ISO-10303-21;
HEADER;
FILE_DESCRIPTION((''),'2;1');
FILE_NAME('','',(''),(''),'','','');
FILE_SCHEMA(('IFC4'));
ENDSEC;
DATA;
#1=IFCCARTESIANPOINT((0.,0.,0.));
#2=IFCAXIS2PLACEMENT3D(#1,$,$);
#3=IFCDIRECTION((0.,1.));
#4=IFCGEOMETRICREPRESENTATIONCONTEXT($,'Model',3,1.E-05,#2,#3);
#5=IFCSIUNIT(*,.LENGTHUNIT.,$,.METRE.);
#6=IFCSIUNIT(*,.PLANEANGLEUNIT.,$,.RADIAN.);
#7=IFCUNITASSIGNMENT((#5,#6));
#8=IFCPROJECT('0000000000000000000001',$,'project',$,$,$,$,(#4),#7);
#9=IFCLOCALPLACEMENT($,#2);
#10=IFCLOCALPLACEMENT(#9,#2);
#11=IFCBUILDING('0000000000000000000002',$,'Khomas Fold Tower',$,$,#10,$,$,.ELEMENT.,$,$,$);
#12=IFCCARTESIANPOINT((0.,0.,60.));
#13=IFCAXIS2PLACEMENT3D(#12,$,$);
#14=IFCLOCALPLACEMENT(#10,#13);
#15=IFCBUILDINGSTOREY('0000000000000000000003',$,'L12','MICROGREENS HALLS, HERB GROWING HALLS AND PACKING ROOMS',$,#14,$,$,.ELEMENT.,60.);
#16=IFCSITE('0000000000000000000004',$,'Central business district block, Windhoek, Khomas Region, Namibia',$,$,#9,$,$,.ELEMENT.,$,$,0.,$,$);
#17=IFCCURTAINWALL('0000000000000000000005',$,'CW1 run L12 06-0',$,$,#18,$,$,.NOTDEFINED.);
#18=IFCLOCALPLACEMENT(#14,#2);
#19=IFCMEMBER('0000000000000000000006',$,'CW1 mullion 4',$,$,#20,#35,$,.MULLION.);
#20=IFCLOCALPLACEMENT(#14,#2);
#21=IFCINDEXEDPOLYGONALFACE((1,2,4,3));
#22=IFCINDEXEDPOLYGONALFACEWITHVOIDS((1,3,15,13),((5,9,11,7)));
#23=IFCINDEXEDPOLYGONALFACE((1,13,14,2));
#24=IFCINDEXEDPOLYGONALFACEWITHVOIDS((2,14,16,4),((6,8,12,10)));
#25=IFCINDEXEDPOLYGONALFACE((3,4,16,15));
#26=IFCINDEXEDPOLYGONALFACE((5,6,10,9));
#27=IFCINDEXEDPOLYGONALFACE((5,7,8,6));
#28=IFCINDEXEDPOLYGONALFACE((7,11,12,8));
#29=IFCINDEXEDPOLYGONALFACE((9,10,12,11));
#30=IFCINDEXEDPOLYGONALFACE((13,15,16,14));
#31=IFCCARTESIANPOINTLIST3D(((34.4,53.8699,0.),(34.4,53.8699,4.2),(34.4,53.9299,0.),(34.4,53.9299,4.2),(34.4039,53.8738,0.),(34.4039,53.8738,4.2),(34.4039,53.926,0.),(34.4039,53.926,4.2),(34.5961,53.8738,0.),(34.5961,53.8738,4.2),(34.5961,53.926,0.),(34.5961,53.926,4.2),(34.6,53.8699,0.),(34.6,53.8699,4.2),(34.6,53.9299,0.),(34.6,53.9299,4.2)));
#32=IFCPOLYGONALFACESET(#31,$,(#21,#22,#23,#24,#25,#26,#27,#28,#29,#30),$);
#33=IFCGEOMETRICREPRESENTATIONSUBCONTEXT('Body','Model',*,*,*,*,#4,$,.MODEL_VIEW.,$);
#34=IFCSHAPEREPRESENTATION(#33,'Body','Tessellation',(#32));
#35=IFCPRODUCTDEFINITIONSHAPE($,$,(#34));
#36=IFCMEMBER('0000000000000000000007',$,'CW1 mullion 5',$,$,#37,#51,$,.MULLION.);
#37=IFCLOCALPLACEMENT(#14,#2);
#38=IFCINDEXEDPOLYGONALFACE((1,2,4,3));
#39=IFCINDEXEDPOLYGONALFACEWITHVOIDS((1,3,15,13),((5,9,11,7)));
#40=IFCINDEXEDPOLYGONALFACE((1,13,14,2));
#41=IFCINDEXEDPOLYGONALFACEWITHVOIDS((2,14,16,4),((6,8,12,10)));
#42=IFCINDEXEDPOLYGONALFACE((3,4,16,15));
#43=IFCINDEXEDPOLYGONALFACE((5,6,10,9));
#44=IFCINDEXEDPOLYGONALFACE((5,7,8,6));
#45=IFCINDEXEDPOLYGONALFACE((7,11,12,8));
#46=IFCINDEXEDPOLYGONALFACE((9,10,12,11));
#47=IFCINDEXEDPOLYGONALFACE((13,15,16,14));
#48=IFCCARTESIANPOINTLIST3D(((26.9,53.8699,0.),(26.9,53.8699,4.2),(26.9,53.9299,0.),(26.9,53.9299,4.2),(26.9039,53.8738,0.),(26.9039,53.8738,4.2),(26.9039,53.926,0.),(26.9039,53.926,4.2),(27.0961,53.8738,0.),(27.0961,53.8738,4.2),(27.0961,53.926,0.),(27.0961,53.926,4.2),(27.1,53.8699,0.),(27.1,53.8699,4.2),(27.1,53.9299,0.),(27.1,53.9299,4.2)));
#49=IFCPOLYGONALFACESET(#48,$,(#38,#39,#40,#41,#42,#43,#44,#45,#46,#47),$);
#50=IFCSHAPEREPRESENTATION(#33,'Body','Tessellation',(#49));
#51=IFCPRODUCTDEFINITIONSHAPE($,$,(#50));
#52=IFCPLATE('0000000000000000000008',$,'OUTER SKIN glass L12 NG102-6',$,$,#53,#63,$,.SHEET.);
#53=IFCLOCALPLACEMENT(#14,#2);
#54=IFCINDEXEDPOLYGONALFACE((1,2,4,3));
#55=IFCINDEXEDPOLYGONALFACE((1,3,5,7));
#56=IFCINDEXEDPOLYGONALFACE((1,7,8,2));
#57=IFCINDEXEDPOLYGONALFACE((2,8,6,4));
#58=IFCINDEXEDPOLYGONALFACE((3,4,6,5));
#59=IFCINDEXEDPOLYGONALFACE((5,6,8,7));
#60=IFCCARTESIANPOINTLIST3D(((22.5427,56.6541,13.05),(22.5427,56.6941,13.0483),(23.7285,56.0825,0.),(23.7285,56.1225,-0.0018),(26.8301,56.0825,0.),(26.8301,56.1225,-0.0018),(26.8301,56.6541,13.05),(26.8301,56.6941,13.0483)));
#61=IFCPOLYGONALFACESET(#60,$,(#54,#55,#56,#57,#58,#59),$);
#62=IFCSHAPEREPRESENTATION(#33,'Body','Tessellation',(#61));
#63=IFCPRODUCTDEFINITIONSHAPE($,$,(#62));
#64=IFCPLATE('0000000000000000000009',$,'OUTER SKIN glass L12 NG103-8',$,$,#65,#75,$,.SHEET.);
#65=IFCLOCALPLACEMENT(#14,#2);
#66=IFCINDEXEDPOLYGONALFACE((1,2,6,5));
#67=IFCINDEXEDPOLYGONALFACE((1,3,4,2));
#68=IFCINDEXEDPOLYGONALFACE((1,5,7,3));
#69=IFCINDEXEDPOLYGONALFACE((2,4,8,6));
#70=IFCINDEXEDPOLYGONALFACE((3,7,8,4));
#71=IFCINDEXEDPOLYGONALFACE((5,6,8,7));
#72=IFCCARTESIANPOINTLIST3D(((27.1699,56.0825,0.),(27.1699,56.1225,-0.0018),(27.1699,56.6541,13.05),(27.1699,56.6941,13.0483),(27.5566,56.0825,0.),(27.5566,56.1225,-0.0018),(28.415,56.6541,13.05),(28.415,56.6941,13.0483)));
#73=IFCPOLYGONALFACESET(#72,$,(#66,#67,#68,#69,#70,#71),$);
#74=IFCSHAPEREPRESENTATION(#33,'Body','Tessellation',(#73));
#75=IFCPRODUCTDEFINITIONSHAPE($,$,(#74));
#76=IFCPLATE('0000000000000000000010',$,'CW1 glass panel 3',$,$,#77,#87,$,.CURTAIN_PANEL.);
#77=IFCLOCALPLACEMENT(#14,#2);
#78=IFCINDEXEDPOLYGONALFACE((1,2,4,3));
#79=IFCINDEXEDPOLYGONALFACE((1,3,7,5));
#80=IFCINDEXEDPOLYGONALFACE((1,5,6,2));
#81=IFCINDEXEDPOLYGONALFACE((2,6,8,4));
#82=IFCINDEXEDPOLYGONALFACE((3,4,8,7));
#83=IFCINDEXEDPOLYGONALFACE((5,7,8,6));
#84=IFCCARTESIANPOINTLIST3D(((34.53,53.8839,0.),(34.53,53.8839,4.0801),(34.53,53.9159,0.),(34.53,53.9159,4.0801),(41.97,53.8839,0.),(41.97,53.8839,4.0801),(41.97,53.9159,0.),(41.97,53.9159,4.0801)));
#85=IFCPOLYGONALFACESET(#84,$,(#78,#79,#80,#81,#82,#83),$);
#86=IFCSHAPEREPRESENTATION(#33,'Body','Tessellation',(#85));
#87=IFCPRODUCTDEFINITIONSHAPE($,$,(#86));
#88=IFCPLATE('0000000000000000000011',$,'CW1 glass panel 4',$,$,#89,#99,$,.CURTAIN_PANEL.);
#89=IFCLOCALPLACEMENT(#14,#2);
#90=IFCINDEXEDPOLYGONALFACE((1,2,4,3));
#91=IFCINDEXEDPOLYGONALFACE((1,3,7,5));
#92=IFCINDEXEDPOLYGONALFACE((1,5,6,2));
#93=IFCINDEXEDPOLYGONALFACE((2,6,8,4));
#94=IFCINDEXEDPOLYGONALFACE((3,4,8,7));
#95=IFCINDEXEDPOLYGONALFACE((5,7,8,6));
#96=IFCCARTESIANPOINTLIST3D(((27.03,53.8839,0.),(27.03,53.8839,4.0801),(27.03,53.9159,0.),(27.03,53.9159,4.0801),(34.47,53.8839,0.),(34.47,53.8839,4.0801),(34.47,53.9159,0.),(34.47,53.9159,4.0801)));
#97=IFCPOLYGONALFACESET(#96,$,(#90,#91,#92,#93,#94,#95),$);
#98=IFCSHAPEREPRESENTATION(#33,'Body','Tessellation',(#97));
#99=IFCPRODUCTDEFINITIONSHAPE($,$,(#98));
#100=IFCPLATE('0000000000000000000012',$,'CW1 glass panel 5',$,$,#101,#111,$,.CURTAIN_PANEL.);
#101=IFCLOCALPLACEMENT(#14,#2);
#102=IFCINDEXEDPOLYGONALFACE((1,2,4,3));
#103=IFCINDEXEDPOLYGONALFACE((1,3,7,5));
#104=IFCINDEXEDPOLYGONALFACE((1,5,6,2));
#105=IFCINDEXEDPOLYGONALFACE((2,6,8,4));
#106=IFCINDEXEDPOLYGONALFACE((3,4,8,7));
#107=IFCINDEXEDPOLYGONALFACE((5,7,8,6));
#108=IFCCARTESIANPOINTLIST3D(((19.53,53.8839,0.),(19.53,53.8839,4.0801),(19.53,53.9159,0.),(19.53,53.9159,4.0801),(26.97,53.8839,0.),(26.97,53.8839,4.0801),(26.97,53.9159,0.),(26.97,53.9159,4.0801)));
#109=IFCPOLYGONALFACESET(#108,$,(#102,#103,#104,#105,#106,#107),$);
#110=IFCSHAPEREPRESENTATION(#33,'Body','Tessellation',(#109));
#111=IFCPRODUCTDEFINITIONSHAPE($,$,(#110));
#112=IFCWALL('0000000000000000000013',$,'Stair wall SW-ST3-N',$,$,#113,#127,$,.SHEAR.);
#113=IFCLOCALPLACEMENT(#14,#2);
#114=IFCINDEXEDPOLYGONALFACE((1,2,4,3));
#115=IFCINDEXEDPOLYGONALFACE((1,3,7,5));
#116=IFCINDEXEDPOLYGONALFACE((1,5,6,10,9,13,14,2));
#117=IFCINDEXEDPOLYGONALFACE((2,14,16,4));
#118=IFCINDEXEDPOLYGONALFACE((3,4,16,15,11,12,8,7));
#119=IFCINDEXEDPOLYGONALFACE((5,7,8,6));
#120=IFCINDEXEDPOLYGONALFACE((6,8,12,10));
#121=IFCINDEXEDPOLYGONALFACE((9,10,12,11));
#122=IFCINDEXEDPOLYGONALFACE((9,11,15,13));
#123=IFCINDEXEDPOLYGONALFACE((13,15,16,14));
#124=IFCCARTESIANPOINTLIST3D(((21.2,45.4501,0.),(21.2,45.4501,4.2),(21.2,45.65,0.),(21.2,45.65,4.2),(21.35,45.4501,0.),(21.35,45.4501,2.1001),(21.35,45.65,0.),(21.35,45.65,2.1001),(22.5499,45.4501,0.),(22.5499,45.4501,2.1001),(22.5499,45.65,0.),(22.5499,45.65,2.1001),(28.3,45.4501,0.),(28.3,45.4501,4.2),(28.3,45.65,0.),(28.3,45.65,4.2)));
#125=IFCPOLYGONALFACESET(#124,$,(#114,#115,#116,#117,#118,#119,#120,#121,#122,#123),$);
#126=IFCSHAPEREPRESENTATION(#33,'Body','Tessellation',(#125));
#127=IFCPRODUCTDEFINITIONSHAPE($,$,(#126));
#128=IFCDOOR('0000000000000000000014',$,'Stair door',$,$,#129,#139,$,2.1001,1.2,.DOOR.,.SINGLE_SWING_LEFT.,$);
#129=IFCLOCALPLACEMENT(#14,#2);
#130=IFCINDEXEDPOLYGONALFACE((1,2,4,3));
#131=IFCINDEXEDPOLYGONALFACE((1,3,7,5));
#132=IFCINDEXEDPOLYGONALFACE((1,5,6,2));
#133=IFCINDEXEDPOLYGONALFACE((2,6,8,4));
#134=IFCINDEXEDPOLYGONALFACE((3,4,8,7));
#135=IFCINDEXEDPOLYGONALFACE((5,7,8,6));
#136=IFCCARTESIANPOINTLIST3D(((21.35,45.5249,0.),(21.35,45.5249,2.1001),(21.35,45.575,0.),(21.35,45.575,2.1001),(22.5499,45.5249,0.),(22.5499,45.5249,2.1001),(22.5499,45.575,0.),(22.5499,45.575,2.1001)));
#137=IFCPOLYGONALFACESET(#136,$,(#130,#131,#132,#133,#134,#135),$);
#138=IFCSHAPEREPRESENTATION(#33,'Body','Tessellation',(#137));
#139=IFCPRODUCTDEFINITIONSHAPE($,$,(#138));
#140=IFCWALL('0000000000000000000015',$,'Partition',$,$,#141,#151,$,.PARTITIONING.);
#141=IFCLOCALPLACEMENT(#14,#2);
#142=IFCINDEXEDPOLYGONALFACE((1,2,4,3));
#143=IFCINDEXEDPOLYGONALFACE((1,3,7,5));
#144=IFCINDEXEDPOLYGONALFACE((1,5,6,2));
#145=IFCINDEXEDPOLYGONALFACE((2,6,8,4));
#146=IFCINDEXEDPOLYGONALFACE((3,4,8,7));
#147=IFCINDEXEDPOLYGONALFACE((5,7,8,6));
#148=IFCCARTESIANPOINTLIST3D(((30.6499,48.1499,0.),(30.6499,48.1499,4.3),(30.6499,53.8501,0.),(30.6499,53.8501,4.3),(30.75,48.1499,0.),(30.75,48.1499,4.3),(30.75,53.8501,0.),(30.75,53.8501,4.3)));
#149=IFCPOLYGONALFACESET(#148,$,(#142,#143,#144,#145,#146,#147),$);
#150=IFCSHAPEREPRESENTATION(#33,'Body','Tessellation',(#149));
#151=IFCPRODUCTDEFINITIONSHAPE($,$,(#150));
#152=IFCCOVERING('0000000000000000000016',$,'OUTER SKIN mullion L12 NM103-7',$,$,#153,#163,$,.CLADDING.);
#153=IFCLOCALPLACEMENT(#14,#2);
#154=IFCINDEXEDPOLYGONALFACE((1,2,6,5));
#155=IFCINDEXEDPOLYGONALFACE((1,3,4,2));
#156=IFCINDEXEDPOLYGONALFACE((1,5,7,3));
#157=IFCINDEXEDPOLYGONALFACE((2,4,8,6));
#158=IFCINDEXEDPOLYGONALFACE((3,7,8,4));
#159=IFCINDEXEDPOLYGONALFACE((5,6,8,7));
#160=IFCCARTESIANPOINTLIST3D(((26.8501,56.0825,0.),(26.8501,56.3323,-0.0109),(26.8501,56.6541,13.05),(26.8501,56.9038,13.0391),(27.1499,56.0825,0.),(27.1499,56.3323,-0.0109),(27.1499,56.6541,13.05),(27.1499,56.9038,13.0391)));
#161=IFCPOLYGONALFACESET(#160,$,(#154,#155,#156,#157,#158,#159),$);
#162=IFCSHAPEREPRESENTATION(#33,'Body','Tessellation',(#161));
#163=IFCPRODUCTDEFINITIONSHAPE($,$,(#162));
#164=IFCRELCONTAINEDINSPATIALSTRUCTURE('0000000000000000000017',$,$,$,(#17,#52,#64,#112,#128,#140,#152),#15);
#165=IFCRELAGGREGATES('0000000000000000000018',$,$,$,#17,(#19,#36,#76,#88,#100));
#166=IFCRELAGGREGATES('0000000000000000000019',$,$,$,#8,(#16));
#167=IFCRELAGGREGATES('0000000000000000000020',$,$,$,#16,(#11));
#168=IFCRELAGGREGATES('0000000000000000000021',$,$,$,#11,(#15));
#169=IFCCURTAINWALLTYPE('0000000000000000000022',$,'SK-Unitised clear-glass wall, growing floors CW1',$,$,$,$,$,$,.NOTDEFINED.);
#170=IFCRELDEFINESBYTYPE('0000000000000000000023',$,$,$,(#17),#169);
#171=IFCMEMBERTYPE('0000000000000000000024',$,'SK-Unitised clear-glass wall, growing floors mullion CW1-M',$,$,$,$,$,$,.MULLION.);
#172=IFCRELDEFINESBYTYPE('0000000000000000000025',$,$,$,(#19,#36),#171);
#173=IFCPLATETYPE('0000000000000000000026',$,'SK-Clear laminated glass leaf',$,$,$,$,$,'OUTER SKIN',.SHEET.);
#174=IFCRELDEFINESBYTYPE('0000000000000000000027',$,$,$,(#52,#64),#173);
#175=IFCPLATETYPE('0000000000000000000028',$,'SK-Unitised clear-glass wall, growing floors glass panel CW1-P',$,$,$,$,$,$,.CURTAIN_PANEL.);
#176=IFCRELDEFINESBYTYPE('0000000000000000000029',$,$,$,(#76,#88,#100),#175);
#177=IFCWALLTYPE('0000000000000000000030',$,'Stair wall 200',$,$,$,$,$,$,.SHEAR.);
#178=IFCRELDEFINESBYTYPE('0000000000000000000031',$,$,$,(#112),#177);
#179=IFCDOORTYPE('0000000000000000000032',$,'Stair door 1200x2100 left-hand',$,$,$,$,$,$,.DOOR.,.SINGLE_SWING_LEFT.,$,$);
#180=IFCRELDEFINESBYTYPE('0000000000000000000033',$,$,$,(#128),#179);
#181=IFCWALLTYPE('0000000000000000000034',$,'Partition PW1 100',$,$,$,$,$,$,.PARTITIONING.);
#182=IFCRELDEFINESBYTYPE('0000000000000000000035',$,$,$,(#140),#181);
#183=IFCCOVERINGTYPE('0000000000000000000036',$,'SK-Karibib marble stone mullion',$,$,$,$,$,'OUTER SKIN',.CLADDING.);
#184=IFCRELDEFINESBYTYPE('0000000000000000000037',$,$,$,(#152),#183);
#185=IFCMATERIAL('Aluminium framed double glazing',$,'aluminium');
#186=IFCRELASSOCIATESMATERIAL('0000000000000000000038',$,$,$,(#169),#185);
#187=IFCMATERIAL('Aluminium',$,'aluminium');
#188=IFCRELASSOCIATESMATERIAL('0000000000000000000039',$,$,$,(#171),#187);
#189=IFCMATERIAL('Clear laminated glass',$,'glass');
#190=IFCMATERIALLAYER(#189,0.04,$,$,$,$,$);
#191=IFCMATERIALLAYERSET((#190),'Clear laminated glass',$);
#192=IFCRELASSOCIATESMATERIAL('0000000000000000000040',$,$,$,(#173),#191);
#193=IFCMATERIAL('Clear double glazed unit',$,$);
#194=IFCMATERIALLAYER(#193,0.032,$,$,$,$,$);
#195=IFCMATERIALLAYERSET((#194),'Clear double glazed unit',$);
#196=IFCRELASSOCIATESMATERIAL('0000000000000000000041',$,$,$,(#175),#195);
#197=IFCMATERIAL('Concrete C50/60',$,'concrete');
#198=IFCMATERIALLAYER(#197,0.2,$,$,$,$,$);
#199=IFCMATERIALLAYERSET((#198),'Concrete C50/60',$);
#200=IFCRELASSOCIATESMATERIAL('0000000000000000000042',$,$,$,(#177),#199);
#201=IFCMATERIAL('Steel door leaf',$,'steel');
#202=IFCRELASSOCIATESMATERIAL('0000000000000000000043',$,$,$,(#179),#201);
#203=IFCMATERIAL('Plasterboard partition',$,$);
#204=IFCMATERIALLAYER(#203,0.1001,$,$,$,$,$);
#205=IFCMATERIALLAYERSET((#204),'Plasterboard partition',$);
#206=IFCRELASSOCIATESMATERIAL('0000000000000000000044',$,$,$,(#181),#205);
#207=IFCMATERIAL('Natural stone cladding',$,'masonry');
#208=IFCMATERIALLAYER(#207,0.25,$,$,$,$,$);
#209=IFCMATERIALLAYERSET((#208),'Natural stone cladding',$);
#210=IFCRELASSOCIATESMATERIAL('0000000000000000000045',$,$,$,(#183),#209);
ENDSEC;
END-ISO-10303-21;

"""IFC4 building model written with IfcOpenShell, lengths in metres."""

from ifc_helpers import new_model, si_unit, direction, frame, frame_2d, origin, origin_2d, place, context, subcontext, project, spatial, polyline, rectangle, hollow_rectangle, outline, extrude, source, transform, mapped, material, layer, layer_set, material_profile, profile_set, type_object, element, fill, aggregate, save


model = new_model("IFC4")

# Units and contexts
model_context = context("Model", 3, precision=1e-05, world=origin(), true_north=direction((0.0, 1.0)))
body_context = subcontext(model_context, "Body", "Model", "MODEL_VIEW")
ifc_project = project(units=[si_unit("LENGTHUNIT", "METRE"), si_unit("PLANEANGLEUNIT", "RADIAN")], contexts=[model_context])

# Site, building, storey
site_placement = place(None, origin())
site = spatial("IfcSite", under=ifc_project, at=site_placement, Name="Central business district block, Windhoek, Khomas Region, Namibia", CompositionType="ELEMENT", RefElevation=0.0)
building_placement = place(site_placement, origin())
building = spatial("IfcBuilding", under=site, at=building_placement, Name="Khomas Fold Tower", CompositionType="ELEMENT")
storey_placement = place(building_placement, frame((0.0, 0.0, 60.0)))
storey = spatial("IfcBuildingStorey", under=building, at=storey_placement, Name="L12", Description="MICROGREENS HALLS, HERB GROWING HALLS AND PACKING ROOMS", CompositionType="ELEMENT", Elevation=60.0)

# Curtain wall, members
ifc_material_1 = material(Name="Aluminium framed double glazing", Category="aluminium")
curtain_wall_type = type_object("IfcCurtainWallType", Name="SK-Unitised clear-glass wall, growing floors CW1", PredefinedType="NOTDEFINED", material=ifc_material_1)
curtain_wall_placement = place(storey_placement, origin())
curtain_wall = element("IfcCurtainWall", 1, at=curtain_wall_placement, inside=storey, type_object=curtain_wall_type, Name="CW1 run L12 06-0", PredefinedType="NOTDEFINED")
ifc_material_2 = material(Name="Aluminium", Category="aluminium")
ifc_material_profile_1 = material_profile(ifc_material_2, hollow_rectangle(XDim=0.0601, YDim=0.2, WallThickness=0.0039, at=origin_2d()), Name="SK-Unitised clear-glass wall, growing floors mullion CW1-M")
ifc_profile_set_1 = profile_set([ifc_material_profile_1], Name="Aluminium")
member_type_1 = type_object("IfcMemberType", Name="SK-Unitised clear-glass wall, growing floors mullion CW1-M", PredefinedType="MULLION", material=ifc_profile_set_1)
shared_shape_1 = source(origin(), body_context, "Body", "SweptSolid", [
    extrude(hollow_rectangle(XDim=0.0601, YDim=0.2, WallThickness=0.0039, at=origin_2d()), origin(), (0.0, 0.0, 1.0), 4.2),
])
member_1_placement = place(storey_placement, frame((34.5, 53.8999, 0.0), z_axis=(0.0, 0.0, 1.0), x_axis=(0.0, -1.0, 0.0)))
member_1 = element("IfcMember", 2, at=member_1_placement, type_object=member_type_1, Name="CW1 mullion 4", PredefinedType="MULLION", context=body_context, shape_type="MappedRepresentation", body=[
    mapped(shared_shape_1, transform((0.0, 0.0, 0.0))),
])
member_2_placement = place(storey_placement, frame((27.0, 53.8999, 0.0), z_axis=(0.0, 0.0, 1.0), x_axis=(0.0, -1.0, 0.0)))
member_2 = element("IfcMember", 3, at=member_2_placement, type_object=member_type_1, Name="CW1 mullion 5", PredefinedType="MULLION", context=body_context, shape_type="MappedRepresentation", body=[
    mapped(shared_shape_1, transform((0.0, 0.0, 0.0))),
])

# Plates
ifc_material_3 = material(Name="Clear laminated glass", Category="glass")
ifc_layer_1 = layer(ifc_material_3, 0.04)
ifc_layer_set_1 = layer_set([ifc_layer_1], Name="Clear laminated glass")
plate_type_1 = type_object("IfcPlateType", Name="SK-Clear laminated glass leaf", ElementType="OUTER SKIN", PredefinedType="SHEET", material=ifc_layer_set_1)
plate_1_placement = place(storey_placement, frame((23.7285, 56.0825, 0.0), z_axis=(0.0, -0.999042, 0.043754), x_axis=(-0.090406, 0.043574, 0.994951)))
element("IfcPlate", 4, at=plate_1_placement, inside=storey, type_object=plate_type_1, Name="OUTER SKIN glass L12 NG102-6", PredefinedType="SHEET", context=body_context, shape_type="SweptSolid", body=[
    extrude(outline(polyline([(0.0, 0.0), (13.1163, 0.0), (12.7287, -4.2698), (-0.2804, -3.0889), (0.0, 0.0)])), origin(), (0.0, 0.0, -1.0), 0.04),
])
plate_2_placement = place(storey_placement, frame((27.5566, 56.0825, 0.0), z_axis=(0.0, -0.999042, 0.043754), x_axis=(-1.0, 0.0, 0.0)))
element("IfcPlate", 5, at=plate_2_placement, inside=storey, type_object=plate_type_1, Name="OUTER SKIN glass L12 NG103-8", PredefinedType="SHEET", context=body_context, shape_type="SweptSolid", body=[
    extrude(outline(polyline([(0.0, 0.0), (0.3867, 0.0), (0.3867, -13.0626), (-0.8584, -13.0626), (0.0, 0.0)])), origin(), (0.0, 0.0, -1.0), 0.04),
])

# Plates
ifc_material_4 = material(Name="Clear double glazed unit")
ifc_layer_2 = layer(ifc_material_4, 0.032)
ifc_layer_set_2 = layer_set([ifc_layer_2], Name="Clear double glazed unit")
plate_type_2 = type_object("IfcPlateType", Name="SK-Unitised clear-glass wall, growing floors glass panel CW1-P", PredefinedType="CURTAIN_PANEL", material=ifc_layer_set_2)
shared_shape_2 = source(origin(), body_context, "Body", "SweptSolid", [
    extrude(rectangle(XDim=7.4399, YDim=0.032, at=origin_2d()), origin(), (0.0, 0.0, 1.0), 4.0801),
])
plate_3_placement = place(storey_placement, frame((38.25, 53.8999, 0.0), z_axis=(0.0, 0.0, 1.0), x_axis=(-1.0, 0.0, 0.0)))
plate_3 = element("IfcPlate", 6, at=plate_3_placement, type_object=plate_type_2, Name="CW1 glass panel 3", PredefinedType="CURTAIN_PANEL", context=body_context, shape_type="MappedRepresentation", body=[
    mapped(shared_shape_2, transform((0.0, 0.0, 0.0))),
])
plate_4_placement = place(storey_placement, frame((30.75, 53.8999, 0.0), z_axis=(0.0, 0.0, 1.0), x_axis=(-1.0, 0.0, 0.0)))
plate_4 = element("IfcPlate", 7, at=plate_4_placement, type_object=plate_type_2, Name="CW1 glass panel 4", PredefinedType="CURTAIN_PANEL", context=body_context, shape_type="MappedRepresentation", body=[
    mapped(shared_shape_2, transform((0.0, 0.0, 0.0))),
])
plate_5_placement = place(storey_placement, frame((23.25, 53.8999, 0.0), z_axis=(0.0, 0.0, 1.0), x_axis=(-1.0, 0.0, 0.0)))
plate_5 = element("IfcPlate", 8, at=plate_5_placement, type_object=plate_type_2, Name="CW1 glass panel 5", PredefinedType="CURTAIN_PANEL", context=body_context, shape_type="MappedRepresentation", body=[
    mapped(shared_shape_2, transform((0.0, 0.0, 0.0))),
])
aggregate(curtain_wall, [member_1, member_2, plate_3, plate_4, plate_5])

# Wall, opening, door
ifc_material_5 = material(Name="Concrete C50/60", Category="concrete")
ifc_layer_3 = layer(ifc_material_5, 0.2)
ifc_layer_set_3 = layer_set([ifc_layer_3], Name="Concrete C50/60")
wall_type_1 = type_object("IfcWallType", Name="Stair wall 200", PredefinedType="SHEAR", material=ifc_layer_set_3)
shared_shape_3 = source(origin(), body_context, "Body", "SweptSolid", [
    extrude(rectangle(XDim=7.1001, YDim=0.2, at=frame_2d((3.55, 0.0))), origin(), (0.0, 0.0, 1.0), 4.2),
])
wall_1_placement = place(storey_placement, frame((21.2, 45.55, 0.0), z_axis=(0.0, 0.0, 1.0), x_axis=(1.0, 0.0, 0.0)))
wall_1 = element("IfcWall", 9, at=wall_1_placement, inside=storey, type_object=wall_type_1, Name="Stair wall SW-ST3-N", PredefinedType="SHEAR", context=body_context, shape_type="MappedRepresentation", body=[
    mapped(shared_shape_3, transform((0.0, 0.0, 0.0))),
])
shared_shape_4 = source(origin(), body_context, "Body", "SweptSolid", [
    extrude(rectangle(XDim=1.2, YDim=2.1001, at=frame_2d((0.6001, 1.05))), frame((0.0, 0.1099, 0.0), z_axis=(0.0, -1.0, 0.0), x_axis=(1.0, 0.0, 0.0)), (0.0, 0.0, 1.0), 0.22),
])
opening_placement = place(wall_1_placement, frame((0.1499, 0.0, 0.0)))
opening = element("IfcOpeningElement", 10, at=opening_placement, cuts=wall_1, PredefinedType="OPENING", context=body_context, shape_type="MappedRepresentation", body=[
    mapped(shared_shape_4, transform((0.0, 0.0, 0.0))),
])
ifc_material_6 = material(Name="Steel door leaf", Category="steel")
door_type = type_object("IfcDoorType", Name="Stair door 1200x2100 left-hand", OperationType="SINGLE_SWING_LEFT", PredefinedType="DOOR", material=ifc_material_6)
shared_shape_5 = source(origin(), body_context, "Body", "SweptSolid", [
    extrude(rectangle(XDim=1.2, YDim=2.1001, at=frame_2d((0.6001, 1.05))), frame((0.0, 0.0249, 0.0), z_axis=(0.0, -1.0, 0.0), x_axis=(1.0, 0.0, 0.0)), (0.0, 0.0, 1.0), 0.05),
])
door_placement = place(opening_placement, origin())
door = element("IfcDoor", 11, at=door_placement, inside=storey, type_object=door_type, Name="Stair door", OperationType="SINGLE_SWING_LEFT", OverallHeight=2.1001, OverallWidth=1.2, PredefinedType="DOOR", context=body_context, shape_type="MappedRepresentation", body=[
    mapped(shared_shape_5, transform((0.0, 0.0, 0.0))),
])
fill(opening, door)

# Wall
ifc_material_7 = material(Name="Plasterboard partition")
ifc_layer_4 = layer(ifc_material_7, 0.1001)
ifc_layer_set_4 = layer_set([ifc_layer_4], Name="Plasterboard partition")
wall_type_2 = type_object("IfcWallType", Name="Partition PW1 100", PredefinedType="PARTITIONING", material=ifc_layer_set_4)
shared_shape_6 = source(origin(), body_context, "Body", "SweptSolid", [
    extrude(rectangle(XDim=5.7002, YDim=0.1001, at=frame_2d((2.8501, 0.0))), origin(), (0.0, 0.0, 1.0), 4.3),
])
wall_2_placement = place(storey_placement, frame((30.7, 48.1499, 0.0), z_axis=(0.0, 0.0, 1.0), x_axis=(0.0, 1.0, 0.0)))
element("IfcWall", 12, at=wall_2_placement, inside=storey, type_object=wall_type_2, Name="Partition", PredefinedType="PARTITIONING", context=body_context, shape_type="MappedRepresentation", body=[
    mapped(shared_shape_6, transform((0.0, 0.0, 0.0))),
])

# Covering
ifc_material_8 = material(Name="Natural stone cladding", Category="masonry")
ifc_layer_5 = layer(ifc_material_8, 0.25)
ifc_layer_set_5 = layer_set([ifc_layer_5], Name="Natural stone cladding")
covering_type_1 = type_object("IfcCoveringType", Name="SK-Karibib marble stone mullion", ElementType="OUTER SKIN", PredefinedType="CLADDING", material=ifc_layer_set_5)
covering_1_placement = place(storey_placement, frame((26.8501, 56.0825, 0.0), z_axis=(0.0, -0.999042, 0.043754), x_axis=(0.0, 0.043754, 0.999042)))
element("IfcCovering", 13, at=covering_1_placement, inside=storey, type_object=covering_type_1, Name="OUTER SKIN mullion L12 NM103-7", PredefinedType="CLADDING", context=body_context, shape_type="SweptSolid", body=[
    extrude(outline(polyline([(0.0, 0.0), (13.0626, 0.0), (13.0626, -0.2998), (0.0, -0.2998), (0.0, 0.0)])), origin(), (0.0, 0.0, -1.0), 0.25),
])

save(model, "model.ifc")
